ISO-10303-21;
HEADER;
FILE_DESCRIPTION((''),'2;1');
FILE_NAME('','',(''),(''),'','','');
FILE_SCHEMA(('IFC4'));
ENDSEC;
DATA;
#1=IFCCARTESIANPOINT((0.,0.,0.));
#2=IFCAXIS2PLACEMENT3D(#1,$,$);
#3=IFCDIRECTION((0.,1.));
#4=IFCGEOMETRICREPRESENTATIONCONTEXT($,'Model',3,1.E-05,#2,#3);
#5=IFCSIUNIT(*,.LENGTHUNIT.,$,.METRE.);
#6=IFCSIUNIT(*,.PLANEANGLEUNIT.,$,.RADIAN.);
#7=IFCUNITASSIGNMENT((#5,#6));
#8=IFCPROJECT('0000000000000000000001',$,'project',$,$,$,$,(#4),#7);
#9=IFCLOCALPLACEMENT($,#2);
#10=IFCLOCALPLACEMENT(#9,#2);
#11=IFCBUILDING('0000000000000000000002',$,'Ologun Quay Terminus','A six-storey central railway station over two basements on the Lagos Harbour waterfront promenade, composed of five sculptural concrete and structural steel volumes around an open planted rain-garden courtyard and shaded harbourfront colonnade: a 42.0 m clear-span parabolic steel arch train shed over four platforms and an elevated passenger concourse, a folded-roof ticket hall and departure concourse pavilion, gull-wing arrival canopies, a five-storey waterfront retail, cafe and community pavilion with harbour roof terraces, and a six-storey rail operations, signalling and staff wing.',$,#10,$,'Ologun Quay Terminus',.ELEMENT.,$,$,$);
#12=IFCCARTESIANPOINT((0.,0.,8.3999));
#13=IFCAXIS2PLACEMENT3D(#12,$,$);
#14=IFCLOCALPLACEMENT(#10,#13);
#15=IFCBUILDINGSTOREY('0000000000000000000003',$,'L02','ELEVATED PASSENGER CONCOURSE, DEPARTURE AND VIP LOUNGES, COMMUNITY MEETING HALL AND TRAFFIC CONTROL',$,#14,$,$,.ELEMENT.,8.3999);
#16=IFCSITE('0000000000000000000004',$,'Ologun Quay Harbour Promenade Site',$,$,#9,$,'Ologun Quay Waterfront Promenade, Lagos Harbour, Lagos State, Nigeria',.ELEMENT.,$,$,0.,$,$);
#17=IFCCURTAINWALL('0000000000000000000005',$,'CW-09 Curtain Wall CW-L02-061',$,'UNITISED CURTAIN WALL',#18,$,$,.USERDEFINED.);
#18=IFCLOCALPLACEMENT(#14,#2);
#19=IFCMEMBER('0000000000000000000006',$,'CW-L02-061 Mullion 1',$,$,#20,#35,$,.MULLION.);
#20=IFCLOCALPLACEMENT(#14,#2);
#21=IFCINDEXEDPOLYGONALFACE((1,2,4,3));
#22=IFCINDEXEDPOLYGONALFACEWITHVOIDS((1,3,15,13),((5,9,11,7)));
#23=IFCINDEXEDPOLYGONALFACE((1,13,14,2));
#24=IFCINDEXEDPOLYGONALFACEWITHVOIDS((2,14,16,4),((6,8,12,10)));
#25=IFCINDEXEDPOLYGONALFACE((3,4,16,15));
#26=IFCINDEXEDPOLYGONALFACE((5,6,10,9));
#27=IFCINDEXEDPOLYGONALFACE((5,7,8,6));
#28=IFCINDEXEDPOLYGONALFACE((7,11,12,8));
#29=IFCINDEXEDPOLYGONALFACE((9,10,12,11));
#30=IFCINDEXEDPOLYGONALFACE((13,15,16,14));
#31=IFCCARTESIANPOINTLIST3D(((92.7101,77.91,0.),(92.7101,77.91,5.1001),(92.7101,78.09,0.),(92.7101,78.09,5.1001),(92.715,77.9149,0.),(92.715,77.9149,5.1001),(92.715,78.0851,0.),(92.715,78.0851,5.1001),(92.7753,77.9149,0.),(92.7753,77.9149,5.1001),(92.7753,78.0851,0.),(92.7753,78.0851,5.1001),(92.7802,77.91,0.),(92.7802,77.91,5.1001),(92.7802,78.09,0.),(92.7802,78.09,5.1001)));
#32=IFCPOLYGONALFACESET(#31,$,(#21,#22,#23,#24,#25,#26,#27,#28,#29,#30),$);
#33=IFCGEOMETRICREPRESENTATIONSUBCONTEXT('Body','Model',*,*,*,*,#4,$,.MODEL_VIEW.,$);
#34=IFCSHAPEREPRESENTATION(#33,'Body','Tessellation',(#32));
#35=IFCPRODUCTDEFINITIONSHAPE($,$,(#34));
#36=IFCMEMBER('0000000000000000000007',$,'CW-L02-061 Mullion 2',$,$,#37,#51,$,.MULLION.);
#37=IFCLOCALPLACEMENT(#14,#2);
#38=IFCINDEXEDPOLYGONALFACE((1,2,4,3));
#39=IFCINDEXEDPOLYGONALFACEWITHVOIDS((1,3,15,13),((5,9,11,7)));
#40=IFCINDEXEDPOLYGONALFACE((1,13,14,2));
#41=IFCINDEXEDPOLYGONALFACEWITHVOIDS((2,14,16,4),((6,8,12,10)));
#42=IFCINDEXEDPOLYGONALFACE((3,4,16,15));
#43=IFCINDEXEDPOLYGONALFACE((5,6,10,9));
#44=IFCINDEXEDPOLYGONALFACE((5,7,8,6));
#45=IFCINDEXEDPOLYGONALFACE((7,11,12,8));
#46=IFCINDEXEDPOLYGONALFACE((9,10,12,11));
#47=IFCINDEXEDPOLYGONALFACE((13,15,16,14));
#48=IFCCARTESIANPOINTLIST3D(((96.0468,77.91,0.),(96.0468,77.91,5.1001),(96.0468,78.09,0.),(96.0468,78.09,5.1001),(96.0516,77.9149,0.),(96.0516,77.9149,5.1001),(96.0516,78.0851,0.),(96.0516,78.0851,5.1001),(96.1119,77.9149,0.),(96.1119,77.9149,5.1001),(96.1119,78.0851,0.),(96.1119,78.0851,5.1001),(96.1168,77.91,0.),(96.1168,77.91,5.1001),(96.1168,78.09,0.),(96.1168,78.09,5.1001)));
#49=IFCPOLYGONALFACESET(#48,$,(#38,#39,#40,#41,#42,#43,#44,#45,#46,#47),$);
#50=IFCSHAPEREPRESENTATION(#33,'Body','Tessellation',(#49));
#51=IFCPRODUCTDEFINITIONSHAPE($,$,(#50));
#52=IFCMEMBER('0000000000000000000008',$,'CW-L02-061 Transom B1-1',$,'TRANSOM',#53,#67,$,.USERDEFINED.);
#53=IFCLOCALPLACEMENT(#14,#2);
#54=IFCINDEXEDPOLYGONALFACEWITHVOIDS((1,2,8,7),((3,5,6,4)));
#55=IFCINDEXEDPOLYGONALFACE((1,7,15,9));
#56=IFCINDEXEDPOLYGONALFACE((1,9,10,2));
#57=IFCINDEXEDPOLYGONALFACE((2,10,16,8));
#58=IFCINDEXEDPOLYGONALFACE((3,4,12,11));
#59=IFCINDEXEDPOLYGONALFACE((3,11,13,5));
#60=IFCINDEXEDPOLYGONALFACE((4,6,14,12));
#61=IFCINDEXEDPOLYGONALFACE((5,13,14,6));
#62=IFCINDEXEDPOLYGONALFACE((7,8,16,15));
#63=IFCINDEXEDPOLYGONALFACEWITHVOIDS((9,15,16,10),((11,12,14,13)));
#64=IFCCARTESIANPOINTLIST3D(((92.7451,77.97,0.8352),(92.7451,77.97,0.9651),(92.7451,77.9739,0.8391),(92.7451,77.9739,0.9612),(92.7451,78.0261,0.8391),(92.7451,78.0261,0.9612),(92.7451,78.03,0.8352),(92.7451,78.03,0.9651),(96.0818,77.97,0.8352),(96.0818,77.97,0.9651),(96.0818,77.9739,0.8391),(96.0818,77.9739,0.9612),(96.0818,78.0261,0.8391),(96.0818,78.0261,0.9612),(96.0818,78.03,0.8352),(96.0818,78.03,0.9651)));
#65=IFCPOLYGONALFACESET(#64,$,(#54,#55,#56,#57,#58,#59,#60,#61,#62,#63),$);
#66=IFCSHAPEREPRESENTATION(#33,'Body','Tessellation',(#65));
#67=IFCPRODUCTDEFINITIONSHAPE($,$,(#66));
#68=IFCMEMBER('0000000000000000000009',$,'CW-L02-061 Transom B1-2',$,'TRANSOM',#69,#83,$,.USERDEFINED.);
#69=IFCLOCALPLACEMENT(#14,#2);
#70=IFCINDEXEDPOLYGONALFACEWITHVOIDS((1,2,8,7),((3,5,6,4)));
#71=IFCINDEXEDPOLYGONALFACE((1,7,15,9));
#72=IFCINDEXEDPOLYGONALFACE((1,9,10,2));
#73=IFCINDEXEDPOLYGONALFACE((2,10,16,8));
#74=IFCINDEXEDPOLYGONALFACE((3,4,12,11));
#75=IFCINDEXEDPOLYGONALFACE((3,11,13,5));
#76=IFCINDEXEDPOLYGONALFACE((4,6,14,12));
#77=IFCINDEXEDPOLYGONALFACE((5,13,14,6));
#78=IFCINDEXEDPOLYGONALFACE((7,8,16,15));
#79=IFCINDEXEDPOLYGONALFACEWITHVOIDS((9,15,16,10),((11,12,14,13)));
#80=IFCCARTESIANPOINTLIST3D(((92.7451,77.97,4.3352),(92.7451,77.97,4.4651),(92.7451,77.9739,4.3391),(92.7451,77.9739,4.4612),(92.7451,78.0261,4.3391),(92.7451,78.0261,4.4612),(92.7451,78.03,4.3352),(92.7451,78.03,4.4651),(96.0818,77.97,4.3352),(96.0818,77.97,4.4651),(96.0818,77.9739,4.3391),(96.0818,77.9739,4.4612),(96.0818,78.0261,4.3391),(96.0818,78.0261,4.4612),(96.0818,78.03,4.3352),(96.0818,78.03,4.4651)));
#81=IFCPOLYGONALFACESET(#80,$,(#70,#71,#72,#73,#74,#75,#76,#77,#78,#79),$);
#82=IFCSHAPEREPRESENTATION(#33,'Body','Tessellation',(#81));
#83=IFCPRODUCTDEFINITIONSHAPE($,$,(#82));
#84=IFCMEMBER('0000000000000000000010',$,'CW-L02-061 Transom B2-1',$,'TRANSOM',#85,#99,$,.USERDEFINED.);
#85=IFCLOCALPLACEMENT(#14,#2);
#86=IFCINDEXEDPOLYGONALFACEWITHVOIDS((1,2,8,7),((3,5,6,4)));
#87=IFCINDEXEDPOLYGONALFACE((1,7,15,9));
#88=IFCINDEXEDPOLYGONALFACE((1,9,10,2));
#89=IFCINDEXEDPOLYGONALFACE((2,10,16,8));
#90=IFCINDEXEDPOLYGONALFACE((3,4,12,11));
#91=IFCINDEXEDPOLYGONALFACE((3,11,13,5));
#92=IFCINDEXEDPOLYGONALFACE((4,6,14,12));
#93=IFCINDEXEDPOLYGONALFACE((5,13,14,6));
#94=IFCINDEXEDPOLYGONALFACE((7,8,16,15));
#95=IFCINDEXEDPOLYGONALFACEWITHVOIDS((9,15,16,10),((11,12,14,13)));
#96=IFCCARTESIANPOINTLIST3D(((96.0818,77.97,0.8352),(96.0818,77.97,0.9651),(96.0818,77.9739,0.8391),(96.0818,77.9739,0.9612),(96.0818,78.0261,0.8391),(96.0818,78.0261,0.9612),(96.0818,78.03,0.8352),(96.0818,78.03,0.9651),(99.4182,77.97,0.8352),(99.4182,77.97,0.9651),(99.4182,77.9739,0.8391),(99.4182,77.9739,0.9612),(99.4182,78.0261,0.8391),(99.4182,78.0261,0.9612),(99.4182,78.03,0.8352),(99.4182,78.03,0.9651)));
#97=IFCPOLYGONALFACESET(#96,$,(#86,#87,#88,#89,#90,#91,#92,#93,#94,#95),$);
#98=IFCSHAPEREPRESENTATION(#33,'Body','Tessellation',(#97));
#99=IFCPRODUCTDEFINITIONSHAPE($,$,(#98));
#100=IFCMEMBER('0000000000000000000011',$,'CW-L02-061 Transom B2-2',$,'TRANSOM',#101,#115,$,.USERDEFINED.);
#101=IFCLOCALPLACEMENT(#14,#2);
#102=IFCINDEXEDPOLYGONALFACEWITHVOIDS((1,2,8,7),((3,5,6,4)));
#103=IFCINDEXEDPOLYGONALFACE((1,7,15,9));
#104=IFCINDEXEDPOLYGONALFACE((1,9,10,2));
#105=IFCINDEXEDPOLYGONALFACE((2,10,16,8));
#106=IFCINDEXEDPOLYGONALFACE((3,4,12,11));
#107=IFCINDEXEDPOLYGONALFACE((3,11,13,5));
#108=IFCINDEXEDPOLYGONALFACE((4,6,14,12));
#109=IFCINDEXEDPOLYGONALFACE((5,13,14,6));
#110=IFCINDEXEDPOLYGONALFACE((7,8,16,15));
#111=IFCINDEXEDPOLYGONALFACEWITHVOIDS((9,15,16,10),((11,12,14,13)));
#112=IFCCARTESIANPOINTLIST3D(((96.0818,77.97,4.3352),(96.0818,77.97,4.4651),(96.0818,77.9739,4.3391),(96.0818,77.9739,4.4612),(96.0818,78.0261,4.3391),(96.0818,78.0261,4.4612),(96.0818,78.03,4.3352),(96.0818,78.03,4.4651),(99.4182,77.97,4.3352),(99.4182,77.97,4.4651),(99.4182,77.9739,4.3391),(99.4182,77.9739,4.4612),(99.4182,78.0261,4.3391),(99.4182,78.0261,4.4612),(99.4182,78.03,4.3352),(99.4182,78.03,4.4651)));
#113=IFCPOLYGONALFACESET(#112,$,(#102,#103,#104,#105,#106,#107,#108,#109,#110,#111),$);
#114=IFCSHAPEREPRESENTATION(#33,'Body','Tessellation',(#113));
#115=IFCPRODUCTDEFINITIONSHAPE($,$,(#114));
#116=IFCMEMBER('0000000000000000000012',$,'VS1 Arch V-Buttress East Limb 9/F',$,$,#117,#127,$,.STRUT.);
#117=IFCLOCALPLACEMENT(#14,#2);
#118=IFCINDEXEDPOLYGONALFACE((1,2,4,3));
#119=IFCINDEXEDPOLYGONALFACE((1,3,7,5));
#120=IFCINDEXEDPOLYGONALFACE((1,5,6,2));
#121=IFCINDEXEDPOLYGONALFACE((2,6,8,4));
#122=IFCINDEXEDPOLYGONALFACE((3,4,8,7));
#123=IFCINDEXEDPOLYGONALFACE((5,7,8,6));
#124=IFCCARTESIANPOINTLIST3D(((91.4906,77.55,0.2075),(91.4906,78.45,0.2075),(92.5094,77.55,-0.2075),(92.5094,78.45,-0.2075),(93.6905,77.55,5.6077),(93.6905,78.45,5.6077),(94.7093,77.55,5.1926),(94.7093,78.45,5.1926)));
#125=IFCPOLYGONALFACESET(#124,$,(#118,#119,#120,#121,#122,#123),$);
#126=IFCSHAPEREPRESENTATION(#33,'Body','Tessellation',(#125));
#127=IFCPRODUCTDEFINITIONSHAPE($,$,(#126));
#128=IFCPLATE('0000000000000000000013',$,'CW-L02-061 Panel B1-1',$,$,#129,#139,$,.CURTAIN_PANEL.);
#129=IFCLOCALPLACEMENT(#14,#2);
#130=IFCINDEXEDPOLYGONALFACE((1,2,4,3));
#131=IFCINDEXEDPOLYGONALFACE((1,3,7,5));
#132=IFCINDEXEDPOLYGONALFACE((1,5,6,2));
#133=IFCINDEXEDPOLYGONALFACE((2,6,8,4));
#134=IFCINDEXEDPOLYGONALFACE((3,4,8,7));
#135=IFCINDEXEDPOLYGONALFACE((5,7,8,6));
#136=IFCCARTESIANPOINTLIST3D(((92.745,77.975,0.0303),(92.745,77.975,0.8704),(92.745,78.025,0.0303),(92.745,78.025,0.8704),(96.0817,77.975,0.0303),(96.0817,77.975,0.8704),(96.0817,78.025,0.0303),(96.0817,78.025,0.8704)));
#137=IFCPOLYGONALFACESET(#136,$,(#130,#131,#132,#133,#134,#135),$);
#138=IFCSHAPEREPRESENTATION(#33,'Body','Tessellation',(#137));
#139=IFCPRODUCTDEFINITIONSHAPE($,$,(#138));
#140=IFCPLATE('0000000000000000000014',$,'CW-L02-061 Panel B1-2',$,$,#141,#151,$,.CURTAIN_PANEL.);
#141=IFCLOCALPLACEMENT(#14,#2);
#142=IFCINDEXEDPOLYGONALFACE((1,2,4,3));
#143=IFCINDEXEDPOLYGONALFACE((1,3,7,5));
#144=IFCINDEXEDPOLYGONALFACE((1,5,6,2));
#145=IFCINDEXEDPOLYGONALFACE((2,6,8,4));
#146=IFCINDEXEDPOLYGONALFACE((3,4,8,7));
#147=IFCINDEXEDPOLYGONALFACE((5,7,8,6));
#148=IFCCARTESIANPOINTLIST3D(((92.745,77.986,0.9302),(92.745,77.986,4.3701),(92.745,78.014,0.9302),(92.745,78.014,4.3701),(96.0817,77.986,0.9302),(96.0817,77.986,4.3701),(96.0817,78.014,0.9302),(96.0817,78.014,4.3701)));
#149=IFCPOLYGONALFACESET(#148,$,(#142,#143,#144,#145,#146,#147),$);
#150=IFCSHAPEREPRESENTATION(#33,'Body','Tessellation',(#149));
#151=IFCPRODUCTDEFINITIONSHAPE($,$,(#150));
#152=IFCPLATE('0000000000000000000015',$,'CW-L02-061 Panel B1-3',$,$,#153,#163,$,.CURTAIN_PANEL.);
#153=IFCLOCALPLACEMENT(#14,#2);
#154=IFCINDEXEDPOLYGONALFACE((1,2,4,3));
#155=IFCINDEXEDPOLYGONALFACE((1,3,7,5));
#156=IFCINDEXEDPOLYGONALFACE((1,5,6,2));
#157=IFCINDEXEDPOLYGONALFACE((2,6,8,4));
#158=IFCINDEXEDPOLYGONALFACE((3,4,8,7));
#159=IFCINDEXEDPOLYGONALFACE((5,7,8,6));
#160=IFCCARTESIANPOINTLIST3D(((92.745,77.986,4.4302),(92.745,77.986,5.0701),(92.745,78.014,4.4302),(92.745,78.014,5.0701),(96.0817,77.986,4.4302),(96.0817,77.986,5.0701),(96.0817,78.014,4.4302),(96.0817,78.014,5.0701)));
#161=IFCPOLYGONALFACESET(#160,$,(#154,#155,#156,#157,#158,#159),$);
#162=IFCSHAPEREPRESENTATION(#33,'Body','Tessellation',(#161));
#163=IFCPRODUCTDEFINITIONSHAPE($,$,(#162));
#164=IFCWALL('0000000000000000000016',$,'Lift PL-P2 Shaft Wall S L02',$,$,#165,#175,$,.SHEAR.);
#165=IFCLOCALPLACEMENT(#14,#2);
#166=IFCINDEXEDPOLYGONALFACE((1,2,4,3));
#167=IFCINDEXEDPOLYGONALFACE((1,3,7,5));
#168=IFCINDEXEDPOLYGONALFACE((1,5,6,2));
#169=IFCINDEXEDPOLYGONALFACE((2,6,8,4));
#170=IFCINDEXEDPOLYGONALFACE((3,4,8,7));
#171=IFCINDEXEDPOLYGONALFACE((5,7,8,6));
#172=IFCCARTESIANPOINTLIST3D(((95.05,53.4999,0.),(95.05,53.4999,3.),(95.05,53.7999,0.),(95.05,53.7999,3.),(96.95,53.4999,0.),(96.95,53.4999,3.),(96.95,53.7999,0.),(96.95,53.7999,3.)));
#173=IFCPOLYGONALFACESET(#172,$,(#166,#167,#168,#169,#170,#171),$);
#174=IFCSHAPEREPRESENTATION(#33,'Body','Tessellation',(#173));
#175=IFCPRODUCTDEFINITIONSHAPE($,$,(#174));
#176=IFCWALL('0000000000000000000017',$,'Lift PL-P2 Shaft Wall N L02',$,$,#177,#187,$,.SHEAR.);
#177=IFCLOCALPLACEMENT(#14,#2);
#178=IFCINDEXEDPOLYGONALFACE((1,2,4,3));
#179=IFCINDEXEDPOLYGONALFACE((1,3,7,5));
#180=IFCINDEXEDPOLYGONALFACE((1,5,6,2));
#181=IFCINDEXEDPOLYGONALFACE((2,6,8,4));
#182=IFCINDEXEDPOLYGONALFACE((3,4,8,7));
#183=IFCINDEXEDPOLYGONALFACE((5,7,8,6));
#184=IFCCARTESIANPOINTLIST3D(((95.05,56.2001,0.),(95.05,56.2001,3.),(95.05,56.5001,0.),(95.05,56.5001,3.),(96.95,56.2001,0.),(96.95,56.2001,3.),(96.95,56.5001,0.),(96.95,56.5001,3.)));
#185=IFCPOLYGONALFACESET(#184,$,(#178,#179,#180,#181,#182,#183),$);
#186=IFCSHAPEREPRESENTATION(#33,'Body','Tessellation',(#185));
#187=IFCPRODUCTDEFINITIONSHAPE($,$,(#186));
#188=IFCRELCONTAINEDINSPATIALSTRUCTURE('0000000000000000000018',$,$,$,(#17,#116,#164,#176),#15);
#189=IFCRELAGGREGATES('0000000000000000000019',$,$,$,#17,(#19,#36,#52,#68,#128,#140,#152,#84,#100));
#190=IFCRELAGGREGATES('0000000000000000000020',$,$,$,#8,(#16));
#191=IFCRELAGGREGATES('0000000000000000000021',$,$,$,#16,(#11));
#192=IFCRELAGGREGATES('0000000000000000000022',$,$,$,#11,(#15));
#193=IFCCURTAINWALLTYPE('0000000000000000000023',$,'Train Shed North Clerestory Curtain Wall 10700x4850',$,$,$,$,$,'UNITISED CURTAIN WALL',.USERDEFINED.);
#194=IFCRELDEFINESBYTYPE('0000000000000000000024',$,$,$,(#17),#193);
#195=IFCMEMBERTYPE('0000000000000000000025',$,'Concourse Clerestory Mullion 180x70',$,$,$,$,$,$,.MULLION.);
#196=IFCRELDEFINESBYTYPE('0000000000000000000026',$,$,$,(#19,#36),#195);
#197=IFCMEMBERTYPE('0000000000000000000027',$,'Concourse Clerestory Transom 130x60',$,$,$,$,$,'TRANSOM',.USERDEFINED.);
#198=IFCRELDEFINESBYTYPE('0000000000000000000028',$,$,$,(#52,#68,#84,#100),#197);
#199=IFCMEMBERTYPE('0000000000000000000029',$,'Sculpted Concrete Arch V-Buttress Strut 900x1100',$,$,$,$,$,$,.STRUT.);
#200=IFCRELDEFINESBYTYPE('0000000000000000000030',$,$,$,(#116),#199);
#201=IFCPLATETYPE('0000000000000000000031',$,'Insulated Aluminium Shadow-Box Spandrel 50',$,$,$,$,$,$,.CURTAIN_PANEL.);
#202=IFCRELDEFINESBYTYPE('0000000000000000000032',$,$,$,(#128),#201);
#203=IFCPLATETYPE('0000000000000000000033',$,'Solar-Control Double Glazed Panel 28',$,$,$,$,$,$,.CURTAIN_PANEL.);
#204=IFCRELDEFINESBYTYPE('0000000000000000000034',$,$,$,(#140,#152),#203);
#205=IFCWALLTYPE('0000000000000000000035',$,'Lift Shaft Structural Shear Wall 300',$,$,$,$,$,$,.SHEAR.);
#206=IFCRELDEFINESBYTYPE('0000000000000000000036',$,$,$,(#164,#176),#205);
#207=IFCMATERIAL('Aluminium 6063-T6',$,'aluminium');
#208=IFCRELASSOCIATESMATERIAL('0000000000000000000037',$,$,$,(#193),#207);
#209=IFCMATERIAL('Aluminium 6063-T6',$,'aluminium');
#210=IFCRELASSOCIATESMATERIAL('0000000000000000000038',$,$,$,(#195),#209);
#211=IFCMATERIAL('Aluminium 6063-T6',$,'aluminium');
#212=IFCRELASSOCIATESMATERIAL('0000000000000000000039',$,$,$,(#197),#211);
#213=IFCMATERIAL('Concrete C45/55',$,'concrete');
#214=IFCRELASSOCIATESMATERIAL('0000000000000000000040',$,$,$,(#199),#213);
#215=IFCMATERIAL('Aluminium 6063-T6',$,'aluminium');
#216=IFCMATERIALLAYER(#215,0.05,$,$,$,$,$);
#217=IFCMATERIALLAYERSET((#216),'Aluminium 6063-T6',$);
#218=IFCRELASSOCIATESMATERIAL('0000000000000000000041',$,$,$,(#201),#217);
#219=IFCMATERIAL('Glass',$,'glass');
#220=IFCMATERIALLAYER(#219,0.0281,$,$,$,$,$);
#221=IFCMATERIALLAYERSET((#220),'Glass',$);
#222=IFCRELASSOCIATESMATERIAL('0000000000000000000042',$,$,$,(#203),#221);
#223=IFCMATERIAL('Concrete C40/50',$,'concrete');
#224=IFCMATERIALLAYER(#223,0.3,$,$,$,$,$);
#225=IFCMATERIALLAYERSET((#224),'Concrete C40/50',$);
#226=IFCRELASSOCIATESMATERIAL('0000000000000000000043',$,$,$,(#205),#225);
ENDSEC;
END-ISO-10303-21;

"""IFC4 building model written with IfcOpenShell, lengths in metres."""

from ifc_helpers import new_model, si_unit, direction, frame, frame_2d, origin, origin_2d, place, context, subcontext, project, spatial, rectangle, hollow_rectangle, extrude, material, layer, layer_set, material_profile, profile_set, type_object, element, aggregate, save


model = new_model("IFC4")

# Units and contexts
model_context = context("Model", 3, precision=1e-05, world=origin(), true_north=direction((0.0, 1.0)))
body_context = subcontext(model_context, "Body", "Model", "MODEL_VIEW")
ifc_project = project(units=[si_unit("LENGTHUNIT", "METRE"), si_unit("PLANEANGLEUNIT", "RADIAN")], contexts=[model_context])

# Site, building, storey
site_placement = place(None, origin())
site = spatial("IfcSite", under=ifc_project, at=site_placement, Name="Ologun Quay Harbour Promenade Site", LongName="Ologun Quay Waterfront Promenade, Lagos Harbour, Lagos State, Nigeria", CompositionType="ELEMENT", RefElevation=0.0)
building_placement = place(site_placement, origin())
building = spatial("IfcBuilding", under=site, at=building_placement, Name="Ologun Quay Terminus", Description="A six-storey central railway station over two basements on the Lagos Harbour waterfront promenade, composed of five sculptural concrete and structural steel volumes around an open planted rain-garden courtyard and shaded harbourfront colonnade: a 42.0 m clear-span parabolic steel arch train shed over four platforms and an elevated passenger concourse, a folded-roof ticket hall and departure concourse pavilion, gull-wing arrival canopies, a five-storey waterfront retail, cafe and community pavilion with harbour roof terraces, and a six-storey rail operations, signalling and staff wing.", LongName="Ologun Quay Terminus", CompositionType="ELEMENT")
storey_placement = place(building_placement, frame((0.0, 0.0, 8.3999)))
storey = spatial("IfcBuildingStorey", under=building, at=storey_placement, Name="L02", Description="ELEVATED PASSENGER CONCOURSE, DEPARTURE AND VIP LOUNGES, COMMUNITY MEETING HALL AND TRAFFIC CONTROL", CompositionType="ELEMENT", Elevation=8.3999)

# Curtain wall, members
ifc_material_1 = material(Name="Aluminium 6063-T6", Category="aluminium")
curtain_wall_type = type_object("IfcCurtainWallType", Name="Train Shed North Clerestory Curtain Wall 10700x4850", ElementType="UNITISED CURTAIN WALL", PredefinedType="USERDEFINED", material=ifc_material_1)
curtain_wall_placement = place(storey_placement, origin())
curtain_wall = element("IfcCurtainWall", 1, at=curtain_wall_placement, inside=storey, type_object=curtain_wall_type, Name="CW-09 Curtain Wall CW-L02-061", ObjectType="UNITISED CURTAIN WALL", PredefinedType="USERDEFINED")
ifc_material_2 = material(Name="Aluminium 6063-T6", Category="aluminium")
ifc_material_profile_1 = material_profile(ifc_material_2, hollow_rectangle(XDim=0.0701, YDim=0.1799, WallThickness=0.0049, at=origin_2d()), Name="ALU 180x70x5")
ifc_profile_set_1 = profile_set([ifc_material_profile_1], Name="Aluminium 6063-T6")
member_type_1 = type_object("IfcMemberType", Name="Concourse Clerestory Mullion 180x70", PredefinedType="MULLION", material=ifc_profile_set_1)
member_1_placement = place(storey_placement, frame((92.7451, 78.0, 0.0), z_axis=(0.0, 0.0, 1.0), x_axis=(1.0, 0.0, 0.0)))
member_1 = element("IfcMember", 2, at=member_1_placement, type_object=member_type_1, Name="CW-L02-061 Mullion 1", PredefinedType="MULLION", context=body_context, shape_type="SweptSolid", body=[
    extrude(hollow_rectangle(XDim=0.0701, YDim=0.1799, WallThickness=0.0049, at=origin_2d()), origin(), (0.0, 0.0, 1.0), 5.1001),
])
member_2_placement = place(storey_placement, frame((96.0818, 78.0, 0.0), z_axis=(0.0, 0.0, 1.0), x_axis=(1.0, 0.0, 0.0)))
member_2 = element("IfcMember", 3, at=member_2_placement, type_object=member_type_1, Name="CW-L02-061 Mullion 2", PredefinedType="MULLION", context=body_context, shape_type="SweptSolid", body=[
    extrude(hollow_rectangle(XDim=0.0701, YDim=0.1799, WallThickness=0.0049, at=origin_2d()), origin(), (0.0, 0.0, 1.0), 5.1001),
])
ifc_material_3 = material(Name="Aluminium 6063-T6", Category="aluminium")
ifc_material_profile_2 = material_profile(ifc_material_3, hollow_rectangle(XDim=0.0601, YDim=0.1299, WallThickness=0.0039, at=origin_2d()), Name="ALU 130x60x4")
ifc_profile_set_2 = profile_set([ifc_material_profile_2], Name="Aluminium 6063-T6")
member_type_2 = type_object("IfcMemberType", Name="Concourse Clerestory Transom 130x60", ElementType="TRANSOM", PredefinedType="USERDEFINED", material=ifc_profile_set_2)
member_3_placement = place(storey_placement, frame((92.7451, 78.0, 0.9001), z_axis=(1.0, 0.0, 0.0), x_axis=(0.0, 1.0, 0.0)))
member_3 = element("IfcMember", 4, at=member_3_placement, type_object=member_type_2, Name="CW-L02-061 Transom B1-1", ObjectType="TRANSOM", PredefinedType="USERDEFINED", context=body_context, shape_type="SweptSolid", body=[
    extrude(hollow_rectangle(XDim=0.0601, YDim=0.1299, WallThickness=0.0039, at=origin_2d()), origin(), (0.0, 0.0, 1.0), 3.3367),
])
member_4_placement = place(storey_placement, frame((92.7451, 78.0, 4.4001), z_axis=(1.0, 0.0, 0.0), x_axis=(0.0, 1.0, 0.0)))
member_4 = element("IfcMember", 5, at=member_4_placement, type_object=member_type_2, Name="CW-L02-061 Transom B1-2", ObjectType="TRANSOM", PredefinedType="USERDEFINED", context=body_context, shape_type="SweptSolid", body=[
    extrude(hollow_rectangle(XDim=0.0601, YDim=0.1299, WallThickness=0.0039, at=origin_2d()), origin(), (0.0, 0.0, 1.0), 3.3367),
])
member_5_placement = place(storey_placement, frame((96.0818, 78.0, 0.9001), z_axis=(1.0, 0.0, 0.0), x_axis=(0.0, 1.0, 0.0)))
member_5 = element("IfcMember", 6, at=member_5_placement, type_object=member_type_2, Name="CW-L02-061 Transom B2-1", ObjectType="TRANSOM", PredefinedType="USERDEFINED", context=body_context, shape_type="SweptSolid", body=[
    extrude(hollow_rectangle(XDim=0.0601, YDim=0.1299, WallThickness=0.0039, at=origin_2d()), origin(), (0.0, 0.0, 1.0), 3.3364),
])
member_6_placement = place(storey_placement, frame((96.0818, 78.0, 4.4001), z_axis=(1.0, 0.0, 0.0), x_axis=(0.0, 1.0, 0.0)))
member_6 = element("IfcMember", 7, at=member_6_placement, type_object=member_type_2, Name="CW-L02-061 Transom B2-2", ObjectType="TRANSOM", PredefinedType="USERDEFINED", context=body_context, shape_type="SweptSolid", body=[
    extrude(hollow_rectangle(XDim=0.0601, YDim=0.1299, WallThickness=0.0039, at=origin_2d()), origin(), (0.0, 0.0, 1.0), 3.3364),
])

# Member
ifc_material_4 = material(Name="Concrete C45/55", Category="concrete")
ifc_material_profile_3 = material_profile(ifc_material_4, rectangle(XDim=0.8999, YDim=1.1001, at=origin_2d()), Name="RC 900x1100")
ifc_profile_set_3 = profile_set([ifc_material_profile_3], Name="Concrete C45/55")
member_type_3 = type_object("IfcMemberType", Name="Sculpted Concrete Arch V-Buttress Strut 900x1100", PredefinedType="STRUT", material=ifc_profile_set_3)
member_7_placement = place(storey_placement, frame((92.0, 78.0, 0.0), z_axis=(0.377281, 0.0, 0.926099), x_axis=(0.0, 1.0, 0.0)))
element("IfcMember", 8, at=member_7_placement, inside=storey, type_object=member_type_3, Name="VS1 Arch V-Buttress East Limb 9/F", PredefinedType="STRUT", context=body_context, shape_type="SweptSolid", body=[
    extrude(rectangle(XDim=0.8999, YDim=1.1001, at=origin_2d()), origin(), (0.0, 0.0, 1.0), 5.8311),
])

# Plates
ifc_material_5 = material(Name="Aluminium 6063-T6", Category="aluminium")
ifc_layer_1 = layer(ifc_material_5, 0.05)
ifc_layer_set_1 = layer_set([ifc_layer_1], Name="Aluminium 6063-T6")
plate_type_1 = type_object("IfcPlateType", Name="Insulated Aluminium Shadow-Box Spandrel 50", PredefinedType="CURTAIN_PANEL", material=ifc_layer_set_1)
plate_1_placement = place(storey_placement, frame((94.4133, 78.0, 0.0303), z_axis=(0.0, 0.0, 1.0), x_axis=(1.0, 0.0, 0.0)))
plate_1 = element("IfcPlate", 9, at=plate_1_placement, type_object=plate_type_1, Name="CW-L02-061 Panel B1-1", PredefinedType="CURTAIN_PANEL", context=body_context, shape_type="SweptSolid", body=[
    extrude(rectangle(XDim=3.3367, YDim=0.05, at=origin_2d()), origin(), (0.0, 0.0, 1.0), 0.8401),
])
ifc_material_6 = material(Name="Glass", Category="glass")
ifc_layer_2 = layer(ifc_material_6, 0.0281)
ifc_layer_set_2 = layer_set([ifc_layer_2], Name="Glass")
plate_type_2 = type_object("IfcPlateType", Name="Solar-Control Double Glazed Panel 28", PredefinedType="CURTAIN_PANEL", material=ifc_layer_set_2)
plate_2_placement = place(storey_placement, frame((94.4133, 78.0, 0.9302), z_axis=(0.0, 0.0, 1.0), x_axis=(1.0, 0.0, 0.0)))
plate_2 = element("IfcPlate", 10, at=plate_2_placement, type_object=plate_type_2, Name="CW-L02-061 Panel B1-2", PredefinedType="CURTAIN_PANEL", context=body_context, shape_type="SweptSolid", body=[
    extrude(rectangle(XDim=3.3367, YDim=0.0281, at=origin_2d()), origin(), (0.0, 0.0, 1.0), 3.4399),
])
plate_3_placement = place(storey_placement, frame((94.4133, 78.0, 4.4302), z_axis=(0.0, 0.0, 1.0), x_axis=(1.0, 0.0, 0.0)))
plate_3 = element("IfcPlate", 11, at=plate_3_placement, type_object=plate_type_2, Name="CW-L02-061 Panel B1-3", PredefinedType="CURTAIN_PANEL", context=body_context, shape_type="SweptSolid", body=[
    extrude(rectangle(XDim=3.3367, YDim=0.0281, at=origin_2d()), origin(), (0.0, 0.0, 1.0), 0.6399),
])
aggregate(curtain_wall, [member_1, member_2, member_3, member_4, plate_1, plate_2, plate_3, member_5, member_6])

# Walls
ifc_material_7 = material(Name="Concrete C40/50", Category="concrete")
ifc_layer_3 = layer(ifc_material_7, 0.3)
ifc_layer_set_3 = layer_set([ifc_layer_3], Name="Concrete C40/50")
wall_type_1 = type_object("IfcWallType", Name="Lift Shaft Structural Shear Wall 300", PredefinedType="SHEAR", material=ifc_layer_set_3)
for number, where, z_axis, x_axis, name in (
    (12, (95.05, 53.6499, 0.0), (0.0, 0.0, 1.0), (1.0, 0.0, 0.0), "Lift PL-P2 Shaft Wall S L02"),
    (13, (95.05, 56.3501, 0.0), (0.0, 0.0, 1.0), (1.0, 0.0, 0.0), "Lift PL-P2 Shaft Wall N L02"),
):
    element("IfcWall", number, at=place(storey_placement, frame(where, z_axis=z_axis, x_axis=x_axis)), inside=storey, type_object=wall_type_1, Name=name, PredefinedType="SHEAR", context=body_context, shape_type="SweptSolid", body=[
        extrude(rectangle(XDim=1.8999, YDim=0.3, at=frame_2d((0.95, 0.0))), origin(), (0.0, 0.0, 1.0), 3.0),
    ])

save(model, "model.ifc")
